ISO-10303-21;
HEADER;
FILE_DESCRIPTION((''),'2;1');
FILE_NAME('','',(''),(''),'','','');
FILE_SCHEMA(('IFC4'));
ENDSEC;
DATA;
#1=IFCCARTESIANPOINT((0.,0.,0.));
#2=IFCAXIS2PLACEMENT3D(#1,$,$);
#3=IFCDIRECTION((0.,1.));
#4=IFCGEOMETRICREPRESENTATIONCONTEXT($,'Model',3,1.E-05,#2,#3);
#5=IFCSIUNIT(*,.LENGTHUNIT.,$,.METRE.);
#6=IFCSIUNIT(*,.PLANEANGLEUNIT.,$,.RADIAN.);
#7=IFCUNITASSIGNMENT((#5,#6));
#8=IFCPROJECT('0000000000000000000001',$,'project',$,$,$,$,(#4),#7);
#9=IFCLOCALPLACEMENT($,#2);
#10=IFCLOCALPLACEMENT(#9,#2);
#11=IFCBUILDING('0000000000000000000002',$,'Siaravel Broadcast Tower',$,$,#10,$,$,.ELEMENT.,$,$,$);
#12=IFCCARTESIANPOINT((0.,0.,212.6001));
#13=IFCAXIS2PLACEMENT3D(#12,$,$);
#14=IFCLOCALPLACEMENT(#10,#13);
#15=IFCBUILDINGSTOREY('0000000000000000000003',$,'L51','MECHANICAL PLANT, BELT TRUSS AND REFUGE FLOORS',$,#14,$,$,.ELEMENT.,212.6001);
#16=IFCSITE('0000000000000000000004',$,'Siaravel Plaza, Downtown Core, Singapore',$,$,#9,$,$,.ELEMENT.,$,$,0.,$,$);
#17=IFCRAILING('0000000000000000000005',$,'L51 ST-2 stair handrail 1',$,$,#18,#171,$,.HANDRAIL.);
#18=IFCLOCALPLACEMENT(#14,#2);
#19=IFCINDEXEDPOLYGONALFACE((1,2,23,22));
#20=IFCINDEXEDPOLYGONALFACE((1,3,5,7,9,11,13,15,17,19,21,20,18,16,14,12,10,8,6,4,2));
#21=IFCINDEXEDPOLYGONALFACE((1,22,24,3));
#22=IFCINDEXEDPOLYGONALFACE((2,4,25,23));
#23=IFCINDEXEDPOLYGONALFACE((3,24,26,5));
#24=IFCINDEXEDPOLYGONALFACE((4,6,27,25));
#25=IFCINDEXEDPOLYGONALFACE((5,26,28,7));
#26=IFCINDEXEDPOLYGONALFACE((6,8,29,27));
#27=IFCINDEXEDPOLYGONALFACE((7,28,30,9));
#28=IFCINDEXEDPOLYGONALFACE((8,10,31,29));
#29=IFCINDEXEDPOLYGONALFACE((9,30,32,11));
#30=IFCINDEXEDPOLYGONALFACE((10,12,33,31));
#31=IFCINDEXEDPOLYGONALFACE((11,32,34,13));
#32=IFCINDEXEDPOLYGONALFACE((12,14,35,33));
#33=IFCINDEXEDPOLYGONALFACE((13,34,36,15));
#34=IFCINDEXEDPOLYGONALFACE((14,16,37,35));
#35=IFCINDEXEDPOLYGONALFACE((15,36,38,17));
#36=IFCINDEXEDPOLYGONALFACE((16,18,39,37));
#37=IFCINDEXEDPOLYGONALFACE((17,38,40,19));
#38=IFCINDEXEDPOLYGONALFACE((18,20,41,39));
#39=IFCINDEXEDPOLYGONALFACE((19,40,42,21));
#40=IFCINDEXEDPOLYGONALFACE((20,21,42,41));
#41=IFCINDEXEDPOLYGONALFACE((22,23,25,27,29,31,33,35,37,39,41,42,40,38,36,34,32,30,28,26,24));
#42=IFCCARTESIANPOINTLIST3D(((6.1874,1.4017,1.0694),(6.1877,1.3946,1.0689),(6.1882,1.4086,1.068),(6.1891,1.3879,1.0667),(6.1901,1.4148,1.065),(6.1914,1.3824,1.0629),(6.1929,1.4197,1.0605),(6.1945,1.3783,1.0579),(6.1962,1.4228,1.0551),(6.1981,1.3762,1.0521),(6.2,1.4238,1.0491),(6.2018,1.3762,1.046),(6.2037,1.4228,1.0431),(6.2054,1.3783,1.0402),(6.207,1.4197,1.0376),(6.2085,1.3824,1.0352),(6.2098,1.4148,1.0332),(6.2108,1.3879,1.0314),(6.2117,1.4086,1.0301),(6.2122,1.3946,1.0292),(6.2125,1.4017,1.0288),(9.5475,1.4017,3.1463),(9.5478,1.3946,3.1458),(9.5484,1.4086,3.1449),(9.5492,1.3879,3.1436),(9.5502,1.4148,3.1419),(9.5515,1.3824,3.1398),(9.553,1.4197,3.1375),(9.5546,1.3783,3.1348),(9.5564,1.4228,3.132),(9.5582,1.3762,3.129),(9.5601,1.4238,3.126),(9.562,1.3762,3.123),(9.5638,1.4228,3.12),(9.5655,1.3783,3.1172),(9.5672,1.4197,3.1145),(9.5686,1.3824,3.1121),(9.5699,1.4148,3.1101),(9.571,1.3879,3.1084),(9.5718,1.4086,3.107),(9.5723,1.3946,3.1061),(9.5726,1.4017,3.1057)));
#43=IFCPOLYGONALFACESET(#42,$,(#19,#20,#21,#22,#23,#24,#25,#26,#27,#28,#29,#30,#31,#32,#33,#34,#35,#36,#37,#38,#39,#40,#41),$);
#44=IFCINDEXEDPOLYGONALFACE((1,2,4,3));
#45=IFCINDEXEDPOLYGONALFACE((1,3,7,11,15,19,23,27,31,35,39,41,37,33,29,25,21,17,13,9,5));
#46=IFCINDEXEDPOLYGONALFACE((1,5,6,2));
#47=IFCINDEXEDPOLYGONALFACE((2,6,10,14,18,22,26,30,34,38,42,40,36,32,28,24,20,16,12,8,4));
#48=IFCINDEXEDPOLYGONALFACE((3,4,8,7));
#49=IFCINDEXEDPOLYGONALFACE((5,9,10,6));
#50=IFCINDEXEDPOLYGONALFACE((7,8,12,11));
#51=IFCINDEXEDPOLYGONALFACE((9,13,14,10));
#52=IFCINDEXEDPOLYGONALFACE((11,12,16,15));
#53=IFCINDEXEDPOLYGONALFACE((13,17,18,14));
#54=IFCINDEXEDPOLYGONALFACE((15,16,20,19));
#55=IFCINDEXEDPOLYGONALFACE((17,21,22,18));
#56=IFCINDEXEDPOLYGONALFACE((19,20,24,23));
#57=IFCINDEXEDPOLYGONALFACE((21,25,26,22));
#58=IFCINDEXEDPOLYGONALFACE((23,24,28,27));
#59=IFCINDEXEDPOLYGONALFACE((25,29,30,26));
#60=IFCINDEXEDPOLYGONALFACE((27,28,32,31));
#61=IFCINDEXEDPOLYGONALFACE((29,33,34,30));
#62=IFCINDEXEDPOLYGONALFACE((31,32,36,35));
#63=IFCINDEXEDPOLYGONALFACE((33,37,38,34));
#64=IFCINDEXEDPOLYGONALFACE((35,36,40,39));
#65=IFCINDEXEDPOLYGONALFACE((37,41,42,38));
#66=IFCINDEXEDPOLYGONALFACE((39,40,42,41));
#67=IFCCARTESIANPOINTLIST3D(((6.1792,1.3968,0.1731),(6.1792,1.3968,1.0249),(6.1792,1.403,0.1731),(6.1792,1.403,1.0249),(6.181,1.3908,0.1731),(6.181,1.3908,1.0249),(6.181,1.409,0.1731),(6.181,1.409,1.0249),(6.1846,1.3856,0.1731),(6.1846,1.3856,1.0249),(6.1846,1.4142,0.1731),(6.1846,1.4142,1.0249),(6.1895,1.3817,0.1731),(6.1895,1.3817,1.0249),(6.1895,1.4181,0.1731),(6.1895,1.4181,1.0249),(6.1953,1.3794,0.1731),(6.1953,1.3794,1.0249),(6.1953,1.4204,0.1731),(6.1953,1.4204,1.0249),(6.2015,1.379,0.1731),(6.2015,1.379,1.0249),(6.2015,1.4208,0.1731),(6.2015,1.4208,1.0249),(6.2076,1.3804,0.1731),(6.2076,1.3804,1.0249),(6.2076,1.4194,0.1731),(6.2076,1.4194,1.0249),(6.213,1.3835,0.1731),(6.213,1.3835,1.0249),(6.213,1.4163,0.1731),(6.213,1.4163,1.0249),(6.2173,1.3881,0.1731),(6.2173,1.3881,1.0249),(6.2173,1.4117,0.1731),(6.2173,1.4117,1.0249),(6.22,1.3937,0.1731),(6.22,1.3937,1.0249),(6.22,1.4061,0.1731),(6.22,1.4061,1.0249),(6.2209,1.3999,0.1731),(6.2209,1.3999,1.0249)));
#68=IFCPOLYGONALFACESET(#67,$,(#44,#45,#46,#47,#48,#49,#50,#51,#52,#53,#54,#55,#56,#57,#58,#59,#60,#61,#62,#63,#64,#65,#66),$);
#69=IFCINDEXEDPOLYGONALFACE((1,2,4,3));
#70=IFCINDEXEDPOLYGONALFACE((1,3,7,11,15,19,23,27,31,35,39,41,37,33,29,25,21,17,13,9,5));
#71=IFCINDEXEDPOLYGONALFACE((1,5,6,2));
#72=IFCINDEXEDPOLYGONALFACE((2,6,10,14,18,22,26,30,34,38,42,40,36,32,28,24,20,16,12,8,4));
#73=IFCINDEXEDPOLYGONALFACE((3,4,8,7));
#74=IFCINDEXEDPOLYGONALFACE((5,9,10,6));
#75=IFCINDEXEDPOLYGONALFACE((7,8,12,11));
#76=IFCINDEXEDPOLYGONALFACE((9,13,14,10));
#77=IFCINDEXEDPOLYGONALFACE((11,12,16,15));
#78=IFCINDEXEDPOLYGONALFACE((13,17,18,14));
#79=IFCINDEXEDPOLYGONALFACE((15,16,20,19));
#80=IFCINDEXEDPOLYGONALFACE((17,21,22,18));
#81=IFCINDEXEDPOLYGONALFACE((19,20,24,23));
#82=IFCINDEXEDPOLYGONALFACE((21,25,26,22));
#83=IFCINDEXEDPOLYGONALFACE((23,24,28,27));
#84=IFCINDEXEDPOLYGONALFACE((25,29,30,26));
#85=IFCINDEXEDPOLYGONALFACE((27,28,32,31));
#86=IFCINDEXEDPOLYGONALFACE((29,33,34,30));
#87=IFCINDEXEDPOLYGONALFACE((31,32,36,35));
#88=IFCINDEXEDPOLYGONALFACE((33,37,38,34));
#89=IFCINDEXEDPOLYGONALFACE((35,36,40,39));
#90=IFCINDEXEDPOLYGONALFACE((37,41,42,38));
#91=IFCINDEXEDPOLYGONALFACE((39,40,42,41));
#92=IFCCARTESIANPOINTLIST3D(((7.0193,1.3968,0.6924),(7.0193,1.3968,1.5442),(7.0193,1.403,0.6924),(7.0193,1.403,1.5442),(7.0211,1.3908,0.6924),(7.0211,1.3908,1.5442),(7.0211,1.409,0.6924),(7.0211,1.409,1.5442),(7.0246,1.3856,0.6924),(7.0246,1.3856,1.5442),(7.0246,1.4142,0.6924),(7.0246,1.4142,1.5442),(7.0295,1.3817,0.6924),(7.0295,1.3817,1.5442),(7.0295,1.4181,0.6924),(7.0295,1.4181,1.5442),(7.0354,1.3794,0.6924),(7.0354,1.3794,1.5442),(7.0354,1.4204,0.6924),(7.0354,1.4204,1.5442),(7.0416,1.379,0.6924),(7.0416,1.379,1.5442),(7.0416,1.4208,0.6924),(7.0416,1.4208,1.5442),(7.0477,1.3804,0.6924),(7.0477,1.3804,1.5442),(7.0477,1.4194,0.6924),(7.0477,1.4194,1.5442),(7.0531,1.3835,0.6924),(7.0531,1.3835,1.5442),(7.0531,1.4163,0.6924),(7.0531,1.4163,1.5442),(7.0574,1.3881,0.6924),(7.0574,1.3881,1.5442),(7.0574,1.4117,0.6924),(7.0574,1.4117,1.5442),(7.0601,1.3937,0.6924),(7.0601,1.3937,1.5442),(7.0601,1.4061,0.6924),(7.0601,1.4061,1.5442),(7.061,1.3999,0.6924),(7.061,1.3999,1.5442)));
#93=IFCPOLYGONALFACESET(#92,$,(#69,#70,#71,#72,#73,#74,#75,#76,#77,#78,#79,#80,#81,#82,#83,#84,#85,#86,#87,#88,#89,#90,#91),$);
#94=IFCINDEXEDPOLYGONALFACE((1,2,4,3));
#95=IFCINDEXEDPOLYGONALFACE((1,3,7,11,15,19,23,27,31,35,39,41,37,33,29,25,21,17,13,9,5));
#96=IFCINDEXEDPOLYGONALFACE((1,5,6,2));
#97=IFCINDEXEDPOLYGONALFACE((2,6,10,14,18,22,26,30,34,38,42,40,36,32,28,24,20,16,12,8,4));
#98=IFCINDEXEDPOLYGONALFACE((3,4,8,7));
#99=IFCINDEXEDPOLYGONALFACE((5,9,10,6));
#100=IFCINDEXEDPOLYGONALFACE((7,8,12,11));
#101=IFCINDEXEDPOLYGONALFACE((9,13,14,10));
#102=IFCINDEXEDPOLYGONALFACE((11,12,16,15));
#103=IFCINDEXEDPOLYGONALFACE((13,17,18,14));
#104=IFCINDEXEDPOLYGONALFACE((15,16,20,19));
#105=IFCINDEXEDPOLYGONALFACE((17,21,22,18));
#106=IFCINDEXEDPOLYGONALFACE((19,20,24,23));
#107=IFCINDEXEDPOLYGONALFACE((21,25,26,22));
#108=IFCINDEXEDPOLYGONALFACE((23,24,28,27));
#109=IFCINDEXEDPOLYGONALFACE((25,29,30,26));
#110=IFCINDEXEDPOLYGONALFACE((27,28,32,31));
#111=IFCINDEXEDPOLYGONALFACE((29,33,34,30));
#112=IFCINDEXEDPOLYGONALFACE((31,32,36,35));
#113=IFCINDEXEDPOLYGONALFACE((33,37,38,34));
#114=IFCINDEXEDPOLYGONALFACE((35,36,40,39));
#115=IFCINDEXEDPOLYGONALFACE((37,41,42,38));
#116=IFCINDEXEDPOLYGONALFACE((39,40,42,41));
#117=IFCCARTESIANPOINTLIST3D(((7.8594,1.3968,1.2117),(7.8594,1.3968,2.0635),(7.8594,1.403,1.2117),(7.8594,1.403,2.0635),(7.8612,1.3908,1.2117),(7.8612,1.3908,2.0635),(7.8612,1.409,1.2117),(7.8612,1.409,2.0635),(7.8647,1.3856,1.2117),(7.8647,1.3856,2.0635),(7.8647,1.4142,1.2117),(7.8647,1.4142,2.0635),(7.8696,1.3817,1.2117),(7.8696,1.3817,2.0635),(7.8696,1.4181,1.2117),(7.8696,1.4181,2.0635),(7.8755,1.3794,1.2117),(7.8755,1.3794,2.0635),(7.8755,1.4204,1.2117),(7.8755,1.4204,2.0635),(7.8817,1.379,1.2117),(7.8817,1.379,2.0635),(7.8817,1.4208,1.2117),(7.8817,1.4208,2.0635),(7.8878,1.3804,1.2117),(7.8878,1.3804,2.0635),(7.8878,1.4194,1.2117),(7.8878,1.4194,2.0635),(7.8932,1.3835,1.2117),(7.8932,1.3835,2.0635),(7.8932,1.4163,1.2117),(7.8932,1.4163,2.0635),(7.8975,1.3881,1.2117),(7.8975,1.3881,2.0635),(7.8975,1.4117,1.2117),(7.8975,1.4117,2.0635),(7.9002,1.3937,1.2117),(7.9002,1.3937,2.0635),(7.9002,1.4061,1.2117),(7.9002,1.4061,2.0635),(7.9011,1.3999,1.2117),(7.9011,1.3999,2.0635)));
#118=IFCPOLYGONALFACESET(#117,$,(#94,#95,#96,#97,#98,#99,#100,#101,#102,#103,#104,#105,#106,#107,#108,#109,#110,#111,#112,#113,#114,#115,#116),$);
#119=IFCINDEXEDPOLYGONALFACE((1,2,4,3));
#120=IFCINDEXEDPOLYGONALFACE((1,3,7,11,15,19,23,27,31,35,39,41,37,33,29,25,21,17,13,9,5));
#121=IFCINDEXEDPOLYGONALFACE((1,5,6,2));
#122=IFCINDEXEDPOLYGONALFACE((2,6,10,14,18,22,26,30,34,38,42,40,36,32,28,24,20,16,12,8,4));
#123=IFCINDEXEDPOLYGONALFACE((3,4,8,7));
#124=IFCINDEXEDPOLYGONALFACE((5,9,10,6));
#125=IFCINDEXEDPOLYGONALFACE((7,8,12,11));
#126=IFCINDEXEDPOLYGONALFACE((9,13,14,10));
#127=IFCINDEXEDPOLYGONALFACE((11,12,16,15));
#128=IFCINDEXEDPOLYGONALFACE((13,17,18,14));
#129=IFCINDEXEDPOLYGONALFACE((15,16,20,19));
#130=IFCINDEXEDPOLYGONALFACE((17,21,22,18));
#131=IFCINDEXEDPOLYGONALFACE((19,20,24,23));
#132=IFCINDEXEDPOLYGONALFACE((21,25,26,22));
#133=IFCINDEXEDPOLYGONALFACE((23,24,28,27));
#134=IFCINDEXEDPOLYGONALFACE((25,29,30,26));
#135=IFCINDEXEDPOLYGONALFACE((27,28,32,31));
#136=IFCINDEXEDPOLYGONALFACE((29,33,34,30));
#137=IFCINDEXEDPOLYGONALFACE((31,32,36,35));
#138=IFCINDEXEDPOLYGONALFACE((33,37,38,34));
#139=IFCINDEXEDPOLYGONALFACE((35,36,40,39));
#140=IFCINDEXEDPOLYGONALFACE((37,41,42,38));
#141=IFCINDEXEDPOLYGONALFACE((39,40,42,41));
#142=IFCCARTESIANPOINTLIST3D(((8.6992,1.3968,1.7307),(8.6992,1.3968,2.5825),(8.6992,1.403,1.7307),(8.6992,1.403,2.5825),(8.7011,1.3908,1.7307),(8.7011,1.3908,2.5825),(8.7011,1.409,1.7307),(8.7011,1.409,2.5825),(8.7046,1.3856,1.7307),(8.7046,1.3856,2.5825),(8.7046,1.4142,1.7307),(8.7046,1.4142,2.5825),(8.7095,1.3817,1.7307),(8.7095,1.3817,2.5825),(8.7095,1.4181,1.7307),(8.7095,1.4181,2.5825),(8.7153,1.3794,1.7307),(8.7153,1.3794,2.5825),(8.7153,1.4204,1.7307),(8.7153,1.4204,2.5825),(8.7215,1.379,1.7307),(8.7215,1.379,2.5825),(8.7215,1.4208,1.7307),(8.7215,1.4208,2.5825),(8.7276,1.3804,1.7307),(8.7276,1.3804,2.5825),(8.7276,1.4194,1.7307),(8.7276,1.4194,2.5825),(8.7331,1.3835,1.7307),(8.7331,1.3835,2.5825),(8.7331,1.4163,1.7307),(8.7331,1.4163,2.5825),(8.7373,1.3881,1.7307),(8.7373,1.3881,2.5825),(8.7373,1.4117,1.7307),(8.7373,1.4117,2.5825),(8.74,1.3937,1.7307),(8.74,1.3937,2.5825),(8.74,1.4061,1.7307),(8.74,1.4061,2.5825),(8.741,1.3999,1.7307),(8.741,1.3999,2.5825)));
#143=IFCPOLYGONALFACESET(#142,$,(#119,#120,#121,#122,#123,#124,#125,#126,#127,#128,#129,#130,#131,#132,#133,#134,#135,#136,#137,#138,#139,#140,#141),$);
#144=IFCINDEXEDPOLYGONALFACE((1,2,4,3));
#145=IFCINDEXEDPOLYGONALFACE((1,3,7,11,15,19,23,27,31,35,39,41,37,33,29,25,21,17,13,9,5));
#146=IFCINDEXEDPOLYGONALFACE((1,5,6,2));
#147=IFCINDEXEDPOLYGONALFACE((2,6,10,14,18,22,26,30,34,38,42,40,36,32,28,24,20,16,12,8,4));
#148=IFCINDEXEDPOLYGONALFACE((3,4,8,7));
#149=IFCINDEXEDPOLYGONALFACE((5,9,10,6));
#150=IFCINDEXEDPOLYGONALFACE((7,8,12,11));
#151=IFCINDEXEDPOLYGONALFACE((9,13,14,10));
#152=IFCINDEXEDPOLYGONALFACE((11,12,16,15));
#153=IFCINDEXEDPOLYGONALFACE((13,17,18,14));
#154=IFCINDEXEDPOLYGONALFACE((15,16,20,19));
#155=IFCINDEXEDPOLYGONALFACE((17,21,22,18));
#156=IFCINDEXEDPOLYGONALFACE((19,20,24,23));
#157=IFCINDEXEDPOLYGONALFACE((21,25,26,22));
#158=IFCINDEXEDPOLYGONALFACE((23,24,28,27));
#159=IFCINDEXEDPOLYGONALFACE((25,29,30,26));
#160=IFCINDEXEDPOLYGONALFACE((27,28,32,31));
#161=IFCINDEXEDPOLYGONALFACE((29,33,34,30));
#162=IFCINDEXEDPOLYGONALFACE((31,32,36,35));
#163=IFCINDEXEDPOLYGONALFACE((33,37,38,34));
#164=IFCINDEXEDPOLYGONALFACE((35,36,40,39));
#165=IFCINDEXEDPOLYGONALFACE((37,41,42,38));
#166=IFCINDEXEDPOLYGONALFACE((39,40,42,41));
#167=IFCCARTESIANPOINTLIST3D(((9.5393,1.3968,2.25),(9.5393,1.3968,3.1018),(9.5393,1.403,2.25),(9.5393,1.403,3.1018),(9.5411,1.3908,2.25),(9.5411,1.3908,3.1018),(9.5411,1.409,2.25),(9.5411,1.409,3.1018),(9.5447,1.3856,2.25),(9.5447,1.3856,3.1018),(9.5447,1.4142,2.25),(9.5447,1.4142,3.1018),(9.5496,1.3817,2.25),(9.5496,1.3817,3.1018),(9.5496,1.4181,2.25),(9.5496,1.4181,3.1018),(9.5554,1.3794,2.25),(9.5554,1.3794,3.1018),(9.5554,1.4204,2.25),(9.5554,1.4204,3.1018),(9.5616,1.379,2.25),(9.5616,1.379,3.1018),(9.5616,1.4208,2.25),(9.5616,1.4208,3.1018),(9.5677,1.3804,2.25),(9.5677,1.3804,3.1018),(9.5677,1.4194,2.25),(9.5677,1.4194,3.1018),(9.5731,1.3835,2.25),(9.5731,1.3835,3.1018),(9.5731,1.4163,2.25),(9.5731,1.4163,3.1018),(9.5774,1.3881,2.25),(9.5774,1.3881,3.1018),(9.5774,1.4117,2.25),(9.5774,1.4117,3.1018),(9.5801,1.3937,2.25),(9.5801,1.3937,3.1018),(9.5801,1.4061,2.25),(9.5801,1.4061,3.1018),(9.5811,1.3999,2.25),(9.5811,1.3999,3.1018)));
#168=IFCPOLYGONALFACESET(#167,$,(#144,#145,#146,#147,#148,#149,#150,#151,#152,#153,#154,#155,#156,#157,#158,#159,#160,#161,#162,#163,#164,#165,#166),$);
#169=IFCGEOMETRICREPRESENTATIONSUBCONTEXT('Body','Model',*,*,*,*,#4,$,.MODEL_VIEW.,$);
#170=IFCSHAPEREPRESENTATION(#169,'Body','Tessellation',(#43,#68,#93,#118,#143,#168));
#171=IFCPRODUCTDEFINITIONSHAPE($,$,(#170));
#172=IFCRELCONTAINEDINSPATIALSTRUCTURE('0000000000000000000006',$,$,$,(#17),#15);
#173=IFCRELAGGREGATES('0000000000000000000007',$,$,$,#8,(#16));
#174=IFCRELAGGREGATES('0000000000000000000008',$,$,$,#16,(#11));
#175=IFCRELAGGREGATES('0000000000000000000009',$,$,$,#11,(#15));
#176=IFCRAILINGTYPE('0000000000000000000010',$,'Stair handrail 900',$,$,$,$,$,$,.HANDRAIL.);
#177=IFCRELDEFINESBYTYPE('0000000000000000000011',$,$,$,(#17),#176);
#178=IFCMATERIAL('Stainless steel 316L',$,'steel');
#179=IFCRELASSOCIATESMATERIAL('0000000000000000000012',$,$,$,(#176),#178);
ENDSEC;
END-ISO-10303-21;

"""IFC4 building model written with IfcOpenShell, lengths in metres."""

from ifc_helpers import new_model, si_unit, direction, frame, origin, origin_2d, place, context, subcontext, project, spatial, circle, extrude, material, type_object, element, save


model = new_model("IFC4")

# Units and contexts
model_context = context("Model", 3, precision=1e-05, world=origin(), true_north=direction((0.0, 1.0)))
body_context = subcontext(model_context, "Body", "Model", "MODEL_VIEW")
ifc_project = project(units=[si_unit("LENGTHUNIT", "METRE"), si_unit("PLANEANGLEUNIT", "RADIAN")], contexts=[model_context])

# Site, building, storey
site_placement = place(None, origin())
site = spatial("IfcSite", under=ifc_project, at=site_placement, Name="Siaravel Plaza, Downtown Core, Singapore", CompositionType="ELEMENT", RefElevation=0.0)
building_placement = place(site_placement, origin())
building = spatial("IfcBuilding", under=site, at=building_placement, Name="Siaravel Broadcast Tower", CompositionType="ELEMENT")
storey_placement = place(building_placement, frame((0.0, 0.0, 212.6001)))
storey = spatial("IfcBuildingStorey", under=building, at=storey_placement, Name="L51", Description="MECHANICAL PLANT, BELT TRUSS AND REFUGE FLOORS", CompositionType="ELEMENT", Elevation=212.6001)

# Railing
ifc_material_1 = material(Name="Stainless steel 316L", Category="steel")
railing_type_1 = type_object("IfcRailingType", Name="Stair handrail 900", PredefinedType="HANDRAIL", material=ifc_material_1)
railing_1_placement = place(storey_placement, frame((6.2, 1.3999, 0.1731)))
element("IfcRailing", 1, at=railing_1_placement, inside=storey, type_object=railing_type_1, Name="L51 ST-2 stair handrail 1", PredefinedType="HANDRAIL", context=body_context, shape_type="SweptSolid", body=[
    extrude(circle(Radius=0.0239, at=origin_2d()), frame((0.0, 0.0, 0.876), z_axis=(0.850623, 0.0, 0.525776), x_axis=(0.0, 1.0, 0.0)), (0.0, 0.0, 1.0), 3.9502),
    extrude(circle(Radius=0.021, at=origin_2d()), origin(), (0.0, 0.0, 1.0), 0.8518),
    extrude(circle(Radius=0.021, at=origin_2d()), frame((0.8401, 0.0, 0.5193)), (0.0, 0.0, 1.0), 0.8518),
    extrude(circle(Radius=0.021, at=origin_2d()), frame((1.6802, 0.0, 1.0386)), (0.0, 0.0, 1.0), 0.8518),
    extrude(circle(Radius=0.021, at=origin_2d()), frame((2.52, 0.0, 1.5576)), (0.0, 0.0, 1.0), 0.8518),
    extrude(circle(Radius=0.021, at=origin_2d()), frame((3.3601, 0.0, 2.0769)), (0.0, 0.0, 1.0), 0.8518),
])

save(model, "model.ifc")
